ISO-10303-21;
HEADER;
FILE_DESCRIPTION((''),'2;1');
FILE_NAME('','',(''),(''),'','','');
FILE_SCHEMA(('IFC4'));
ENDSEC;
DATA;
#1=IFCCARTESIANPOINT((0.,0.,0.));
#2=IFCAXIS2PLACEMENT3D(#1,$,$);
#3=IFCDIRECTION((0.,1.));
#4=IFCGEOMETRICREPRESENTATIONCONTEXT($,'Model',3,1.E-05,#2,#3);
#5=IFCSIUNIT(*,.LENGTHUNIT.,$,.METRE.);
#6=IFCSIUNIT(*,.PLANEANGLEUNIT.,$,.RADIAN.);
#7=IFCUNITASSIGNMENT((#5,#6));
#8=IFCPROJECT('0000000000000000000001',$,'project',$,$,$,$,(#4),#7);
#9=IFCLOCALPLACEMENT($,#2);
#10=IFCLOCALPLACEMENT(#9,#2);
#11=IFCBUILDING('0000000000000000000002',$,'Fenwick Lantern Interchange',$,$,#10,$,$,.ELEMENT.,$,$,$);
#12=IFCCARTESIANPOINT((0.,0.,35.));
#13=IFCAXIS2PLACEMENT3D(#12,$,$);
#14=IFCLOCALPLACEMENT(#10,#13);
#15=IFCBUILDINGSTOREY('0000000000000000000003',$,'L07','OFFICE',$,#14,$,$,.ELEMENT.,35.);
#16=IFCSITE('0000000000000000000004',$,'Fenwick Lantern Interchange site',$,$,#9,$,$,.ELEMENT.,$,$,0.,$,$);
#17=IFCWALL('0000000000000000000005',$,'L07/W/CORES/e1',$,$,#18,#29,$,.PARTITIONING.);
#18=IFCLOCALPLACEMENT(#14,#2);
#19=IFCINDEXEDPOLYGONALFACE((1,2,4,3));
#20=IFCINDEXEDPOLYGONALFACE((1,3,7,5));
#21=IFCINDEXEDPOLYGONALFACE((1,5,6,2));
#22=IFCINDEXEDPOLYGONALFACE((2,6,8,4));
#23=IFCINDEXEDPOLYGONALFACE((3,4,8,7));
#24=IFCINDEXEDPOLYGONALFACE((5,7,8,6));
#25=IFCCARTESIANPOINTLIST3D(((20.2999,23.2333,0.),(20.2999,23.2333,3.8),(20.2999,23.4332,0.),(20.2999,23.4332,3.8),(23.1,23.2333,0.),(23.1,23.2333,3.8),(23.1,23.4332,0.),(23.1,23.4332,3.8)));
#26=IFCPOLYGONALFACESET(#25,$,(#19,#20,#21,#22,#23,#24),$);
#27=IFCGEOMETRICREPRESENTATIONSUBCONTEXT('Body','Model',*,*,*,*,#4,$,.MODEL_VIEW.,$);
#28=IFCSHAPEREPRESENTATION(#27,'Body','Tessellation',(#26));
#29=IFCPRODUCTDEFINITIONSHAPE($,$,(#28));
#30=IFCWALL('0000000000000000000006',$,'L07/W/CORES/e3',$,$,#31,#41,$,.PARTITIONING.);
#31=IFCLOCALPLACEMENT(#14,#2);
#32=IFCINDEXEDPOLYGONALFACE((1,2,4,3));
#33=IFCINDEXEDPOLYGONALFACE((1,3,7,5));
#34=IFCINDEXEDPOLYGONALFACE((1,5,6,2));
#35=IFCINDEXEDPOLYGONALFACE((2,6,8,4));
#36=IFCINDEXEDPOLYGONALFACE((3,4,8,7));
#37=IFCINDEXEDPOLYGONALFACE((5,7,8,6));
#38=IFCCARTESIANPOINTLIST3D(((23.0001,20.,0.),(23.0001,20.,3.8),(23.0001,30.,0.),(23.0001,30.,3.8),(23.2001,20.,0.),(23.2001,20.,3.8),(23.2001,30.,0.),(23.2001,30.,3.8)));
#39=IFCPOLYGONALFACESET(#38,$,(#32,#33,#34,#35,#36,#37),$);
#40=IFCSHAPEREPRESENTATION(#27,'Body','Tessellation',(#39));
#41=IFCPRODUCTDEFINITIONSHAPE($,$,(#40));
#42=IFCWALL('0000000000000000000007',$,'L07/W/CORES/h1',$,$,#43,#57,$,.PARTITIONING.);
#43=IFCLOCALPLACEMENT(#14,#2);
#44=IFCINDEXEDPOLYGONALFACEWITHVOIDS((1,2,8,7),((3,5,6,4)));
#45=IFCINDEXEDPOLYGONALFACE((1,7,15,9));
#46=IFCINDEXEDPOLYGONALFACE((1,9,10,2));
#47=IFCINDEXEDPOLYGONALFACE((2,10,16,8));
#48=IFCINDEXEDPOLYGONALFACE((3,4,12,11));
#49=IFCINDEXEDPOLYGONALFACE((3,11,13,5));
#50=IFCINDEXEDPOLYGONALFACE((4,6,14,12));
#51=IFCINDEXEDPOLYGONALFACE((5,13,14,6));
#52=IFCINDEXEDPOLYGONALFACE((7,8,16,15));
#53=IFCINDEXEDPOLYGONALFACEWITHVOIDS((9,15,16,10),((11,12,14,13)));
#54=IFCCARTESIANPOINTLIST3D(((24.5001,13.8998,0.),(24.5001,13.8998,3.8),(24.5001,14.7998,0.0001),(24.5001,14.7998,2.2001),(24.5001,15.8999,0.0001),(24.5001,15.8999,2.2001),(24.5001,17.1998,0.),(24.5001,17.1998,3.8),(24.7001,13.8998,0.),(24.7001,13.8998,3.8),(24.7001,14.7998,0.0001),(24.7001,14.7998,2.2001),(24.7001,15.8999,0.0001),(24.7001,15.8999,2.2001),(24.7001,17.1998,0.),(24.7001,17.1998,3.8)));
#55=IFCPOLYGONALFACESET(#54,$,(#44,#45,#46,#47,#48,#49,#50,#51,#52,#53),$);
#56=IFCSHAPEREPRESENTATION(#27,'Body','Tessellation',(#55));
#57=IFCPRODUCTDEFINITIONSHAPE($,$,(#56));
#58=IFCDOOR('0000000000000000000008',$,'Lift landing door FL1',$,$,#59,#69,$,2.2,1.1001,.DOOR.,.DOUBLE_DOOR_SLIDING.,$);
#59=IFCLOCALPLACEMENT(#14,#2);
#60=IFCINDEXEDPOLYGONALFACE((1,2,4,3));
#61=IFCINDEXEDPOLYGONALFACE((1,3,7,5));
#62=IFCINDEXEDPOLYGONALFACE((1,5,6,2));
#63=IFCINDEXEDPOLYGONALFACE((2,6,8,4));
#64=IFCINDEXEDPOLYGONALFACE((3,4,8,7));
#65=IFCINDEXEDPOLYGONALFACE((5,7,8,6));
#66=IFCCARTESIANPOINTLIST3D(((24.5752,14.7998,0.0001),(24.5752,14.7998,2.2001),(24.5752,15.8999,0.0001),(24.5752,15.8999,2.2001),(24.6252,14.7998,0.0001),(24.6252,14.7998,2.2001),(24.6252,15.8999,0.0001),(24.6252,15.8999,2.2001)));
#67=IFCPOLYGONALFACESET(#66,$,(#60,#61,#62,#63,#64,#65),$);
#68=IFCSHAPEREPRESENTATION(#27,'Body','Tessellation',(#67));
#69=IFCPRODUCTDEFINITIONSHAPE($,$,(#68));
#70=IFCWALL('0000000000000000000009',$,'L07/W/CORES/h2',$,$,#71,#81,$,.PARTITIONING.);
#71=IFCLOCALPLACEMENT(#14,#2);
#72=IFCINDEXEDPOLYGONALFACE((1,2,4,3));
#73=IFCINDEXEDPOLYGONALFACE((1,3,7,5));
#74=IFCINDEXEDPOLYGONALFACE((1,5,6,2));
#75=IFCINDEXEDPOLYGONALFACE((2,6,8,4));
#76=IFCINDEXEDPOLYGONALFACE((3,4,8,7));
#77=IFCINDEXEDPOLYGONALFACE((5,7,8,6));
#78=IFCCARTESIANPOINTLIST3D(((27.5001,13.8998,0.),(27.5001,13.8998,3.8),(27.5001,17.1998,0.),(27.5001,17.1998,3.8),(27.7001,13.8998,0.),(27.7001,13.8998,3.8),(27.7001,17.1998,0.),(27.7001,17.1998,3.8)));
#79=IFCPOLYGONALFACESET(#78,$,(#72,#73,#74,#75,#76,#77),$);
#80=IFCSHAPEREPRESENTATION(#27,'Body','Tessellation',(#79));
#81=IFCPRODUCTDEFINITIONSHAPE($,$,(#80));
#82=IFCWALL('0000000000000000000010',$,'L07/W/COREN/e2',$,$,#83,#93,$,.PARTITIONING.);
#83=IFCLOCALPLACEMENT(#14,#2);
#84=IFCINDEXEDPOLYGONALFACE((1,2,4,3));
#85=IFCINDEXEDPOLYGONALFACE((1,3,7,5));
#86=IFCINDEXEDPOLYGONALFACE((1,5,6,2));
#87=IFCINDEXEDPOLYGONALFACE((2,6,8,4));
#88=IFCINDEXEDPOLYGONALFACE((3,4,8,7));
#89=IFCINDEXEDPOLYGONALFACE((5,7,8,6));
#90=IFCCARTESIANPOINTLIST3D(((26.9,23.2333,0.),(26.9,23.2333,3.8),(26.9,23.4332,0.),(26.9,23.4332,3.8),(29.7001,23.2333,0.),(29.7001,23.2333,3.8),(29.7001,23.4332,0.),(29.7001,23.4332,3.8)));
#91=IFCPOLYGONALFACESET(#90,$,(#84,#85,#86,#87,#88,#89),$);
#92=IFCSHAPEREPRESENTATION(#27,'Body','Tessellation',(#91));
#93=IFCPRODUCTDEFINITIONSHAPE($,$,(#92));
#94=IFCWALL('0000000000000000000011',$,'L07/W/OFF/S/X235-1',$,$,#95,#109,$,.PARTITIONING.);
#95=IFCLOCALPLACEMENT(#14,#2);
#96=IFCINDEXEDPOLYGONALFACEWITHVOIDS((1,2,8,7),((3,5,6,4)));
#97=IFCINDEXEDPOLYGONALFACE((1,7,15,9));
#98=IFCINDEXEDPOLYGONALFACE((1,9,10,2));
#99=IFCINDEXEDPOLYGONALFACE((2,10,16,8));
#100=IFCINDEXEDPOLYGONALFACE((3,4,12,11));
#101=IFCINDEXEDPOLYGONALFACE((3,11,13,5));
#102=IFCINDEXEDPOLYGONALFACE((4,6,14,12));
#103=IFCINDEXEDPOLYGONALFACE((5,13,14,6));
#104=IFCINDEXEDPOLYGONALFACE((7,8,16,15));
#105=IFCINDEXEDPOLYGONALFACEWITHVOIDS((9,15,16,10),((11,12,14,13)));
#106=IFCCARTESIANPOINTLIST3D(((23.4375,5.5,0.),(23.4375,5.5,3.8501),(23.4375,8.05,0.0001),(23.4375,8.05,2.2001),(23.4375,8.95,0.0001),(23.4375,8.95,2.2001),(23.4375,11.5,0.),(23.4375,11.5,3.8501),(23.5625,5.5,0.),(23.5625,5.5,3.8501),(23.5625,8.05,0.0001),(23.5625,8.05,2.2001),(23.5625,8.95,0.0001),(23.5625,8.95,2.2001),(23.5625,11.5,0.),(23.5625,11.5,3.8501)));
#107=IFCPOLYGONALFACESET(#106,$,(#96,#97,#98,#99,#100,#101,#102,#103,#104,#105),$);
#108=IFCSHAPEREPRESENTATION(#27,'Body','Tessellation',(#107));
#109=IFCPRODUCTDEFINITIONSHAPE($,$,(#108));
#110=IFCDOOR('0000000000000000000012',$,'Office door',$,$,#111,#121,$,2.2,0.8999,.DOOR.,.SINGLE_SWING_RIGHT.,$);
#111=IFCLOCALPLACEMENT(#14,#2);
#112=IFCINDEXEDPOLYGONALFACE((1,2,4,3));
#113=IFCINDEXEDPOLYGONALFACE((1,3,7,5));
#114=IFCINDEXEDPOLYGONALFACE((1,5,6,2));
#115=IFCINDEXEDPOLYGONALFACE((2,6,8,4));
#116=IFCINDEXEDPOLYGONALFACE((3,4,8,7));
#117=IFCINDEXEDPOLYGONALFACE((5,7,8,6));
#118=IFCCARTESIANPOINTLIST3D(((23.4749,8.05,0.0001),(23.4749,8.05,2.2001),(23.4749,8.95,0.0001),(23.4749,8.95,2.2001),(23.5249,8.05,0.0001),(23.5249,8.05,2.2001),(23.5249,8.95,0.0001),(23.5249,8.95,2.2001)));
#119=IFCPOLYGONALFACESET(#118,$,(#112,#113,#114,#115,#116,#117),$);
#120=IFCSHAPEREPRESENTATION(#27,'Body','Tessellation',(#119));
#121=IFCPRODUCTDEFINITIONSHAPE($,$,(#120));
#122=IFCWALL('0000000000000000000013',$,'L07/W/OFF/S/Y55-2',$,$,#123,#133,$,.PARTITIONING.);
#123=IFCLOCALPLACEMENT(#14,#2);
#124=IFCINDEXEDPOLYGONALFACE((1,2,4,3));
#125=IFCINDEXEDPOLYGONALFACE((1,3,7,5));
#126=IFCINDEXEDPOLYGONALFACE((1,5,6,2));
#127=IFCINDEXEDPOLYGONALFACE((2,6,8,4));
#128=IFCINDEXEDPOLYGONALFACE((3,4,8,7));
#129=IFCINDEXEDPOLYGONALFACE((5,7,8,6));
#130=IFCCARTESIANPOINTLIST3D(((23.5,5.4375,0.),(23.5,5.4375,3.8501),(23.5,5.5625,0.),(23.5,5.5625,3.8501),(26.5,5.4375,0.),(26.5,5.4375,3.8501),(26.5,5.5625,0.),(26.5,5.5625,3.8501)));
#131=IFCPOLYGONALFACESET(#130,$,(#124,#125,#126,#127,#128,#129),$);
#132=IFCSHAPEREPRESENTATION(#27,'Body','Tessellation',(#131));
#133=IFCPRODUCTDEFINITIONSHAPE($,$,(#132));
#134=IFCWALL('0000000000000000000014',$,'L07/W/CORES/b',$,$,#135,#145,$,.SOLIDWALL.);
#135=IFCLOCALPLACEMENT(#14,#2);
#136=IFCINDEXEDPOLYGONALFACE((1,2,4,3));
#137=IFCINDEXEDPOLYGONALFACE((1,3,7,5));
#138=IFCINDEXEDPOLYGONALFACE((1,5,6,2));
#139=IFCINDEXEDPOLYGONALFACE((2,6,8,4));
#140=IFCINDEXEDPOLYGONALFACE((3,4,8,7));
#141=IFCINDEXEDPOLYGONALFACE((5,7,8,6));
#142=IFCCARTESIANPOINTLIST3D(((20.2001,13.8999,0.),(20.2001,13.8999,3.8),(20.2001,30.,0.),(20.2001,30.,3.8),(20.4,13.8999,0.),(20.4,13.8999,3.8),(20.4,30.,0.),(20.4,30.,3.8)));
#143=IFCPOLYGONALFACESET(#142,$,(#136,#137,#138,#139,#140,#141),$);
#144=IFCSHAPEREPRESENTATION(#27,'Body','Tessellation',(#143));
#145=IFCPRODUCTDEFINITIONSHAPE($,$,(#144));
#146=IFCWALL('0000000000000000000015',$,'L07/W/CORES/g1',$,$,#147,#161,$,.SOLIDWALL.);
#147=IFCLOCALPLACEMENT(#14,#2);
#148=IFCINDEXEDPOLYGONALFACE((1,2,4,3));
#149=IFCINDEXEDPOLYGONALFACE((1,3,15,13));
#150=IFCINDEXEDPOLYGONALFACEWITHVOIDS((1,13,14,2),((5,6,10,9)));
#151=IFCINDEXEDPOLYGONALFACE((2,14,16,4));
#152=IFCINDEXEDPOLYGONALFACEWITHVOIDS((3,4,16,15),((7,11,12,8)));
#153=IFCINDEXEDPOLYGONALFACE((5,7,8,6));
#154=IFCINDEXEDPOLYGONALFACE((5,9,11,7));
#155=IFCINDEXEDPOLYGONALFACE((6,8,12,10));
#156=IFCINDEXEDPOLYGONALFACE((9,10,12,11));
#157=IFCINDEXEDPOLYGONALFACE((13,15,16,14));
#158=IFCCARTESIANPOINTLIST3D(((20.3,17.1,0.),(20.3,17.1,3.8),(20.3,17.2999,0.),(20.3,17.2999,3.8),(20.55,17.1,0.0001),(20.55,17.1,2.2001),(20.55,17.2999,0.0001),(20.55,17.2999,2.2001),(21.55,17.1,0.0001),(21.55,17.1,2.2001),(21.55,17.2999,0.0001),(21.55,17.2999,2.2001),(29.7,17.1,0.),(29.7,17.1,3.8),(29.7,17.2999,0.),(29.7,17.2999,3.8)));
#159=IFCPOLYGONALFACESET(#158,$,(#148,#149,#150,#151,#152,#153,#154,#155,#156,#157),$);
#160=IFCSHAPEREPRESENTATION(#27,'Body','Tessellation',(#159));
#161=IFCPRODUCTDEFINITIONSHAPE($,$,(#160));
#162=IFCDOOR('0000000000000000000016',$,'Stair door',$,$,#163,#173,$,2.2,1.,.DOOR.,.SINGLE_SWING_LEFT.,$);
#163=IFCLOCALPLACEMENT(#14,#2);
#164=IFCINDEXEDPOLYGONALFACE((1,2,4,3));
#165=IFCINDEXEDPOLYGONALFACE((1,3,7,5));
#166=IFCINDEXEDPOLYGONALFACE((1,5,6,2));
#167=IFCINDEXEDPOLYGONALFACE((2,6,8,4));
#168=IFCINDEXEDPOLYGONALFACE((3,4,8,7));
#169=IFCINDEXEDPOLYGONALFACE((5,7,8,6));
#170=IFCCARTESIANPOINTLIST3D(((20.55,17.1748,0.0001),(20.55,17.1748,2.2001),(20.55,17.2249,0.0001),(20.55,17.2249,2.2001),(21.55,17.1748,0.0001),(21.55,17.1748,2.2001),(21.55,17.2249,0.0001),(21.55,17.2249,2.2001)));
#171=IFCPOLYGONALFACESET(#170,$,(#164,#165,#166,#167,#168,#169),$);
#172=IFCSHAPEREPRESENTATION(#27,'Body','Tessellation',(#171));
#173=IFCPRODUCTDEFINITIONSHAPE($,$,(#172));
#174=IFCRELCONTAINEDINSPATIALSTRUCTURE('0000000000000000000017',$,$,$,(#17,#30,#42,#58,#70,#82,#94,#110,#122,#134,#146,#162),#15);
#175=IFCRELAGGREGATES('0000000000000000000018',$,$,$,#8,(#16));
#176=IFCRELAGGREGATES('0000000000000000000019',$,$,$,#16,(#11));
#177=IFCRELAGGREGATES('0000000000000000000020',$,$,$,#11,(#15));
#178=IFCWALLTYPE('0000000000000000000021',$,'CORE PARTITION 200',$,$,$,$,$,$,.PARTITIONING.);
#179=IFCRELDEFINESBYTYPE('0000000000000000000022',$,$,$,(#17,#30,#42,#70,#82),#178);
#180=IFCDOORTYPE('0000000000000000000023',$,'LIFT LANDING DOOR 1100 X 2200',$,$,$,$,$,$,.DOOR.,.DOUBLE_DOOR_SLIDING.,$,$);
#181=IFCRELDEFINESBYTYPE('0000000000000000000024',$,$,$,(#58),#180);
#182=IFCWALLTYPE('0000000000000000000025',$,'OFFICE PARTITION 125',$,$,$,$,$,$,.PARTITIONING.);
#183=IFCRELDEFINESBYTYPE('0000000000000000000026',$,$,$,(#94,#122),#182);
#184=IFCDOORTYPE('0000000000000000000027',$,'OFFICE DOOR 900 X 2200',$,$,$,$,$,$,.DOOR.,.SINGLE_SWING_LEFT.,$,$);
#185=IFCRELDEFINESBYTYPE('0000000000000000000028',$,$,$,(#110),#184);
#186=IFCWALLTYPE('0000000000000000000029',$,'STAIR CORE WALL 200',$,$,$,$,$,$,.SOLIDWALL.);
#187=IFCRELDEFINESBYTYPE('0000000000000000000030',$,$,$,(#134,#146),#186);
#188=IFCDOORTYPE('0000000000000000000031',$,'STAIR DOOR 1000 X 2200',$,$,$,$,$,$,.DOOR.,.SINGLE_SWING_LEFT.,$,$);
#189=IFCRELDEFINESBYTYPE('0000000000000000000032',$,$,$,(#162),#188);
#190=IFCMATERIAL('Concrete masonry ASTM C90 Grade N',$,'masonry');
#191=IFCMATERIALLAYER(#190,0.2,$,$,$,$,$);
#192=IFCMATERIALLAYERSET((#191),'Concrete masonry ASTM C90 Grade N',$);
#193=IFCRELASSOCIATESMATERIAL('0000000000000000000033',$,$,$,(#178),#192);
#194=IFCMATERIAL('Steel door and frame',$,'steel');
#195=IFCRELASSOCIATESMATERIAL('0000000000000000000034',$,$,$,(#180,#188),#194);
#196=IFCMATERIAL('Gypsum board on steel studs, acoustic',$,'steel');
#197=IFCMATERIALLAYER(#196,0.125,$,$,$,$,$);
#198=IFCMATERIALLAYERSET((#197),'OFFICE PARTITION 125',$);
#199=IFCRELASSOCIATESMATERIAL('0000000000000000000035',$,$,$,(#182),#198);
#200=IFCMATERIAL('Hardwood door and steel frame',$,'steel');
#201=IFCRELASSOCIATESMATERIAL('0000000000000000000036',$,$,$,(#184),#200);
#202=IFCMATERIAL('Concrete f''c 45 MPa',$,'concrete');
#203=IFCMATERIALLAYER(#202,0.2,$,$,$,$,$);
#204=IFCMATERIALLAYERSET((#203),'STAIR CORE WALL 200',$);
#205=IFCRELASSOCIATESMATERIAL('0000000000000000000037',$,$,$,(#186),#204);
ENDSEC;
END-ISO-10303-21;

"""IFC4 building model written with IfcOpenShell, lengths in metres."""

from ifc_helpers import new_model, si_unit, direction, frame, frame_2d, origin, place, context, subcontext, project, spatial, rectangle, extrude, material, layer, layer_set, type_object, element, fill, save


model = new_model("IFC4")

# Units and contexts
model_context = context("Model", 3, precision=1e-05, world=origin(), true_north=direction((0.0, 1.0)))
body_context = subcontext(model_context, "Body", "Model", "MODEL_VIEW")
ifc_project = project(units=[si_unit("LENGTHUNIT", "METRE"), si_unit("PLANEANGLEUNIT", "RADIAN")], contexts=[model_context])

# Site, building, storey
site_placement = place(None, origin())
site = spatial("IfcSite", under=ifc_project, at=site_placement, Name="Fenwick Lantern Interchange site", CompositionType="ELEMENT", RefElevation=0.0)
building_placement = place(site_placement, origin())
building = spatial("IfcBuilding", under=site, at=building_placement, Name="Fenwick Lantern Interchange", CompositionType="ELEMENT")
storey_placement = place(building_placement, frame((0.0, 0.0, 35.0)))
storey = spatial("IfcBuildingStorey", under=building, at=storey_placement, Name="L07", Description="OFFICE", CompositionType="ELEMENT", Elevation=35.0)

# Walls
ifc_material_1 = material(Name="Concrete masonry ASTM C90 Grade N", Category="masonry")
ifc_layer_1 = layer(ifc_material_1, 0.2)
ifc_layer_set_1 = layer_set([ifc_layer_1], Name="Concrete masonry ASTM C90 Grade N")
wall_type_1 = type_object("IfcWallType", Name="CORE PARTITION 200", PredefinedType="PARTITIONING", material=ifc_layer_set_1)
wall_1_placement = place(storey_placement, frame((20.3, 23.3333, 0.0), z_axis=(0.0, 0.0, 1.0), x_axis=(1.0, 0.0, 0.0)))
element("IfcWall", 1, at=wall_1_placement, inside=storey, type_object=wall_type_1, Name="L07/W/CORES/e1", PredefinedType="PARTITIONING", context=body_context, shape_type="SweptSolid", body=[
    extrude(rectangle(XDim=2.8, YDim=0.2, at=frame_2d((1.3999, 0.0))), origin(), (0.0, 0.0, 1.0), 3.8),
])
wall_2_placement = place(storey_placement, frame((23.1001, 20.0, 0.0), z_axis=(0.0, 0.0, 1.0), x_axis=(0.0, 1.0, 0.0)))
element("IfcWall", 2, at=wall_2_placement, inside=storey, type_object=wall_type_1, Name="L07/W/CORES/e3", PredefinedType="PARTITIONING", context=body_context, shape_type="SweptSolid", body=[
    extrude(rectangle(XDim=10.0, YDim=0.2, at=frame_2d((5.0, 0.0))), origin(), (0.0, 0.0, 1.0), 3.8),
])

# Wall, opening, door
wall_3_placement = place(storey_placement, frame((24.6001, 13.8999, 0.0), z_axis=(0.0, 0.0, 1.0), x_axis=(0.0, 1.0, 0.0)))
wall_3 = element("IfcWall", 3, at=wall_3_placement, inside=storey, type_object=wall_type_1, Name="L07/W/CORES/h1", PredefinedType="PARTITIONING", context=body_context, shape_type="SweptSolid", body=[
    extrude(rectangle(XDim=3.3, YDim=0.2, at=frame_2d((1.6499, 0.0))), origin(), (0.0, 0.0, 1.0), 3.8),
])
opening_1_placement = place(wall_3_placement, frame((0.8999, 0.0, 0.0)))
opening_1 = element("IfcOpeningElement", 4, at=opening_1_placement, cuts=wall_3, PredefinedType="OPENING", context=body_context, shape_type="SweptSolid", body=[
    extrude(rectangle(XDim=1.1001, YDim=2.2, at=frame_2d((0.55, 1.1001))), frame((0.0, 0.1099, 0.0), z_axis=(0.0, -1.0, 0.0), x_axis=(1.0, 0.0, 0.0)), (0.0, 0.0, 1.0), 0.22),
])
ifc_material_2 = material(Name="Steel door and frame", Category="steel")
door_type_1 = type_object("IfcDoorType", Name="LIFT LANDING DOOR 1100 X 2200", OperationType="DOUBLE_DOOR_SLIDING", PredefinedType="DOOR", material=ifc_material_2)
door_1_placement = place(opening_1_placement, origin())
door_1 = element("IfcDoor", 5, at=door_1_placement, inside=storey, type_object=door_type_1, Name="Lift landing door FL1", OperationType="DOUBLE_DOOR_SLIDING", OverallHeight=2.2, OverallWidth=1.1001, PredefinedType="DOOR", context=body_context, shape_type="SweptSolid", body=[
    extrude(rectangle(XDim=1.1001, YDim=2.2, at=frame_2d((0.55, 1.1001))), frame((0.0, 0.0249, 0.0), z_axis=(0.0, -1.0, 0.0), x_axis=(1.0, 0.0, 0.0)), (0.0, 0.0, 1.0), 0.05),
])
fill(opening_1, door_1)

# Walls
wall_4_placement = place(storey_placement, frame((27.6001, 13.8999, 0.0), z_axis=(0.0, 0.0, 1.0), x_axis=(0.0, 1.0, 0.0)))
element("IfcWall", 6, at=wall_4_placement, inside=storey, type_object=wall_type_1, Name="L07/W/CORES/h2", PredefinedType="PARTITIONING", context=body_context, shape_type="SweptSolid", body=[
    extrude(rectangle(XDim=3.3, YDim=0.2, at=frame_2d((1.6499, 0.0))), origin(), (0.0, 0.0, 1.0), 3.8),
])
wall_5_placement = place(storey_placement, frame((29.7, 23.3333, 0.0), z_axis=(0.0, 0.0, 1.0), x_axis=(-1.0, 0.0, 0.0)))
element("IfcWall", 7, at=wall_5_placement, inside=storey, type_object=wall_type_1, Name="L07/W/COREN/e2", PredefinedType="PARTITIONING", context=body_context, shape_type="SweptSolid", body=[
    extrude(rectangle(XDim=2.8, YDim=0.2, at=frame_2d((1.3999, 0.0))), origin(), (0.0, 0.0, 1.0), 3.8),
])

# Wall, opening, door
ifc_material_3 = material(Name="Gypsum board on steel studs, acoustic", Category="steel")
ifc_layer_2 = layer(ifc_material_3, 0.125)
ifc_layer_set_2 = layer_set([ifc_layer_2], Name="OFFICE PARTITION 125")
wall_type_2 = type_object("IfcWallType", Name="OFFICE PARTITION 125", PredefinedType="PARTITIONING", material=ifc_layer_set_2)
wall_6_placement = place(storey_placement, frame((23.5, 5.5, 0.0), z_axis=(0.0, 0.0, 1.0), x_axis=(0.0, 1.0, 0.0)))
wall_6 = element("IfcWall", 8, at=wall_6_placement, inside=storey, type_object=wall_type_2, Name="L07/W/OFF/S/X235-1", PredefinedType="PARTITIONING", context=body_context, shape_type="SweptSolid", body=[
    extrude(rectangle(XDim=6.0, YDim=0.125, at=frame_2d((3.0, 0.0))), origin(), (0.0, 0.0, 1.0), 3.8501),
])
opening_2_placement = place(wall_6_placement, frame((2.55, 0.0, 0.0)))
opening_2 = element("IfcOpeningElement", 9, at=opening_2_placement, cuts=wall_6, PredefinedType="OPENING", context=body_context, shape_type="SweptSolid", body=[
    extrude(rectangle(XDim=0.8999, YDim=2.2, at=frame_2d((0.45, 1.1001))), frame((0.0, 0.0725, 0.0), z_axis=(0.0, -1.0, 0.0), x_axis=(1.0, 0.0, 0.0)), (0.0, 0.0, 1.0), 0.145),
])
ifc_material_4 = material(Name="Hardwood door and steel frame", Category="steel")
door_type_2 = type_object("IfcDoorType", Name="OFFICE DOOR 900 X 2200", OperationType="SINGLE_SWING_LEFT", PredefinedType="DOOR", material=ifc_material_4)
door_2_placement = place(opening_2_placement, frame((0.8999, 0.0, 0.0), z_axis=(0.0, 0.0, 1.0), x_axis=(-1.0, 0.0, 0.0)))
door_2 = element("IfcDoor", 10, at=door_2_placement, inside=storey, type_object=door_type_2, Name="Office door", OperationType="SINGLE_SWING_RIGHT", OverallHeight=2.2, OverallWidth=0.8999, PredefinedType="DOOR", context=body_context, shape_type="SweptSolid", body=[
    extrude(rectangle(XDim=0.8999, YDim=2.2, at=frame_2d((0.45, 1.1001))), frame((0.0, 0.0249, 0.0), z_axis=(0.0, -1.0, 0.0), x_axis=(1.0, 0.0, 0.0)), (0.0, 0.0, 1.0), 0.05),
])
fill(opening_2, door_2)

# Walls
wall_7_placement = place(storey_placement, frame((23.5, 5.5, 0.0), z_axis=(0.0, 0.0, 1.0), x_axis=(1.0, 0.0, 0.0)))
element("IfcWall", 11, at=wall_7_placement, inside=storey, type_object=wall_type_2, Name="L07/W/OFF/S/Y55-2", PredefinedType="PARTITIONING", context=body_context, shape_type="SweptSolid", body=[
    extrude(rectangle(XDim=3.0, YDim=0.125, at=frame_2d((1.5, 0.0))), origin(), (0.0, 0.0, 1.0), 3.8501),
])
ifc_material_5 = material(Name="Concrete f'c 45 MPa", Category="concrete")
ifc_layer_3 = layer(ifc_material_5, 0.2)
ifc_layer_set_3 = layer_set([ifc_layer_3], Name="STAIR CORE WALL 200")
wall_type_3 = type_object("IfcWallType", Name="STAIR CORE WALL 200", PredefinedType="SOLIDWALL", material=ifc_layer_set_3)
wall_8_placement = place(storey_placement, frame((20.3, 13.8999, 0.0), z_axis=(0.0, 0.0, 1.0), x_axis=(0.0, 1.0, 0.0)))
element("IfcWall", 12, at=wall_8_placement, inside=storey, type_object=wall_type_3, Name="L07/W/CORES/b", PredefinedType="SOLIDWALL", context=body_context, shape_type="SweptSolid", body=[
    extrude(rectangle(XDim=16.1001, YDim=0.2, at=frame_2d((8.05, 0.0))), origin(), (0.0, 0.0, 1.0), 3.8),
])

# Wall, opening, door
wall_9_placement = place(storey_placement, frame((20.3, 17.2, 0.0), z_axis=(0.0, 0.0, 1.0), x_axis=(1.0, 0.0, 0.0)))
wall_9 = element("IfcWall", 13, at=wall_9_placement, inside=storey, type_object=wall_type_3, Name="L07/W/CORES/g1", PredefinedType="SOLIDWALL", context=body_context, shape_type="SweptSolid", body=[
    extrude(rectangle(XDim=9.3999, YDim=0.2, at=frame_2d((4.7, 0.0))), origin(), (0.0, 0.0, 1.0), 3.8),
])
opening_3_placement = place(wall_9_placement, frame((0.25, 0.0, 0.0)))
opening_3 = element("IfcOpeningElement", 14, at=opening_3_placement, cuts=wall_9, PredefinedType="OPENING", context=body_context, shape_type="SweptSolid", body=[
    extrude(rectangle(XDim=1.0, YDim=2.2, at=frame_2d((0.5, 1.1001))), frame((0.0, 0.1099, 0.0), z_axis=(0.0, -1.0, 0.0), x_axis=(1.0, 0.0, 0.0)), (0.0, 0.0, 1.0), 0.22),
])
door_type_3 = type_object("IfcDoorType", Name="STAIR DOOR 1000 X 2200", OperationType="SINGLE_SWING_LEFT", PredefinedType="DOOR", material=ifc_material_2)
door_3_placement = place(opening_3_placement, origin())
door_3 = element("IfcDoor", 15, at=door_3_placement, inside=storey, type_object=door_type_3, Name="Stair door", OperationType="SINGLE_SWING_LEFT", OverallHeight=2.2, OverallWidth=1.0, PredefinedType="DOOR", context=body_context, shape_type="SweptSolid", body=[
    extrude(rectangle(XDim=1.0, YDim=2.2, at=frame_2d((0.5, 1.1001))), frame((0.0, 0.0249, 0.0), z_axis=(0.0, -1.0, 0.0), x_axis=(1.0, 0.0, 0.0)), (0.0, 0.0, 1.0), 0.05),
])
fill(opening_3, door_3)

save(model, "model.ifc")
